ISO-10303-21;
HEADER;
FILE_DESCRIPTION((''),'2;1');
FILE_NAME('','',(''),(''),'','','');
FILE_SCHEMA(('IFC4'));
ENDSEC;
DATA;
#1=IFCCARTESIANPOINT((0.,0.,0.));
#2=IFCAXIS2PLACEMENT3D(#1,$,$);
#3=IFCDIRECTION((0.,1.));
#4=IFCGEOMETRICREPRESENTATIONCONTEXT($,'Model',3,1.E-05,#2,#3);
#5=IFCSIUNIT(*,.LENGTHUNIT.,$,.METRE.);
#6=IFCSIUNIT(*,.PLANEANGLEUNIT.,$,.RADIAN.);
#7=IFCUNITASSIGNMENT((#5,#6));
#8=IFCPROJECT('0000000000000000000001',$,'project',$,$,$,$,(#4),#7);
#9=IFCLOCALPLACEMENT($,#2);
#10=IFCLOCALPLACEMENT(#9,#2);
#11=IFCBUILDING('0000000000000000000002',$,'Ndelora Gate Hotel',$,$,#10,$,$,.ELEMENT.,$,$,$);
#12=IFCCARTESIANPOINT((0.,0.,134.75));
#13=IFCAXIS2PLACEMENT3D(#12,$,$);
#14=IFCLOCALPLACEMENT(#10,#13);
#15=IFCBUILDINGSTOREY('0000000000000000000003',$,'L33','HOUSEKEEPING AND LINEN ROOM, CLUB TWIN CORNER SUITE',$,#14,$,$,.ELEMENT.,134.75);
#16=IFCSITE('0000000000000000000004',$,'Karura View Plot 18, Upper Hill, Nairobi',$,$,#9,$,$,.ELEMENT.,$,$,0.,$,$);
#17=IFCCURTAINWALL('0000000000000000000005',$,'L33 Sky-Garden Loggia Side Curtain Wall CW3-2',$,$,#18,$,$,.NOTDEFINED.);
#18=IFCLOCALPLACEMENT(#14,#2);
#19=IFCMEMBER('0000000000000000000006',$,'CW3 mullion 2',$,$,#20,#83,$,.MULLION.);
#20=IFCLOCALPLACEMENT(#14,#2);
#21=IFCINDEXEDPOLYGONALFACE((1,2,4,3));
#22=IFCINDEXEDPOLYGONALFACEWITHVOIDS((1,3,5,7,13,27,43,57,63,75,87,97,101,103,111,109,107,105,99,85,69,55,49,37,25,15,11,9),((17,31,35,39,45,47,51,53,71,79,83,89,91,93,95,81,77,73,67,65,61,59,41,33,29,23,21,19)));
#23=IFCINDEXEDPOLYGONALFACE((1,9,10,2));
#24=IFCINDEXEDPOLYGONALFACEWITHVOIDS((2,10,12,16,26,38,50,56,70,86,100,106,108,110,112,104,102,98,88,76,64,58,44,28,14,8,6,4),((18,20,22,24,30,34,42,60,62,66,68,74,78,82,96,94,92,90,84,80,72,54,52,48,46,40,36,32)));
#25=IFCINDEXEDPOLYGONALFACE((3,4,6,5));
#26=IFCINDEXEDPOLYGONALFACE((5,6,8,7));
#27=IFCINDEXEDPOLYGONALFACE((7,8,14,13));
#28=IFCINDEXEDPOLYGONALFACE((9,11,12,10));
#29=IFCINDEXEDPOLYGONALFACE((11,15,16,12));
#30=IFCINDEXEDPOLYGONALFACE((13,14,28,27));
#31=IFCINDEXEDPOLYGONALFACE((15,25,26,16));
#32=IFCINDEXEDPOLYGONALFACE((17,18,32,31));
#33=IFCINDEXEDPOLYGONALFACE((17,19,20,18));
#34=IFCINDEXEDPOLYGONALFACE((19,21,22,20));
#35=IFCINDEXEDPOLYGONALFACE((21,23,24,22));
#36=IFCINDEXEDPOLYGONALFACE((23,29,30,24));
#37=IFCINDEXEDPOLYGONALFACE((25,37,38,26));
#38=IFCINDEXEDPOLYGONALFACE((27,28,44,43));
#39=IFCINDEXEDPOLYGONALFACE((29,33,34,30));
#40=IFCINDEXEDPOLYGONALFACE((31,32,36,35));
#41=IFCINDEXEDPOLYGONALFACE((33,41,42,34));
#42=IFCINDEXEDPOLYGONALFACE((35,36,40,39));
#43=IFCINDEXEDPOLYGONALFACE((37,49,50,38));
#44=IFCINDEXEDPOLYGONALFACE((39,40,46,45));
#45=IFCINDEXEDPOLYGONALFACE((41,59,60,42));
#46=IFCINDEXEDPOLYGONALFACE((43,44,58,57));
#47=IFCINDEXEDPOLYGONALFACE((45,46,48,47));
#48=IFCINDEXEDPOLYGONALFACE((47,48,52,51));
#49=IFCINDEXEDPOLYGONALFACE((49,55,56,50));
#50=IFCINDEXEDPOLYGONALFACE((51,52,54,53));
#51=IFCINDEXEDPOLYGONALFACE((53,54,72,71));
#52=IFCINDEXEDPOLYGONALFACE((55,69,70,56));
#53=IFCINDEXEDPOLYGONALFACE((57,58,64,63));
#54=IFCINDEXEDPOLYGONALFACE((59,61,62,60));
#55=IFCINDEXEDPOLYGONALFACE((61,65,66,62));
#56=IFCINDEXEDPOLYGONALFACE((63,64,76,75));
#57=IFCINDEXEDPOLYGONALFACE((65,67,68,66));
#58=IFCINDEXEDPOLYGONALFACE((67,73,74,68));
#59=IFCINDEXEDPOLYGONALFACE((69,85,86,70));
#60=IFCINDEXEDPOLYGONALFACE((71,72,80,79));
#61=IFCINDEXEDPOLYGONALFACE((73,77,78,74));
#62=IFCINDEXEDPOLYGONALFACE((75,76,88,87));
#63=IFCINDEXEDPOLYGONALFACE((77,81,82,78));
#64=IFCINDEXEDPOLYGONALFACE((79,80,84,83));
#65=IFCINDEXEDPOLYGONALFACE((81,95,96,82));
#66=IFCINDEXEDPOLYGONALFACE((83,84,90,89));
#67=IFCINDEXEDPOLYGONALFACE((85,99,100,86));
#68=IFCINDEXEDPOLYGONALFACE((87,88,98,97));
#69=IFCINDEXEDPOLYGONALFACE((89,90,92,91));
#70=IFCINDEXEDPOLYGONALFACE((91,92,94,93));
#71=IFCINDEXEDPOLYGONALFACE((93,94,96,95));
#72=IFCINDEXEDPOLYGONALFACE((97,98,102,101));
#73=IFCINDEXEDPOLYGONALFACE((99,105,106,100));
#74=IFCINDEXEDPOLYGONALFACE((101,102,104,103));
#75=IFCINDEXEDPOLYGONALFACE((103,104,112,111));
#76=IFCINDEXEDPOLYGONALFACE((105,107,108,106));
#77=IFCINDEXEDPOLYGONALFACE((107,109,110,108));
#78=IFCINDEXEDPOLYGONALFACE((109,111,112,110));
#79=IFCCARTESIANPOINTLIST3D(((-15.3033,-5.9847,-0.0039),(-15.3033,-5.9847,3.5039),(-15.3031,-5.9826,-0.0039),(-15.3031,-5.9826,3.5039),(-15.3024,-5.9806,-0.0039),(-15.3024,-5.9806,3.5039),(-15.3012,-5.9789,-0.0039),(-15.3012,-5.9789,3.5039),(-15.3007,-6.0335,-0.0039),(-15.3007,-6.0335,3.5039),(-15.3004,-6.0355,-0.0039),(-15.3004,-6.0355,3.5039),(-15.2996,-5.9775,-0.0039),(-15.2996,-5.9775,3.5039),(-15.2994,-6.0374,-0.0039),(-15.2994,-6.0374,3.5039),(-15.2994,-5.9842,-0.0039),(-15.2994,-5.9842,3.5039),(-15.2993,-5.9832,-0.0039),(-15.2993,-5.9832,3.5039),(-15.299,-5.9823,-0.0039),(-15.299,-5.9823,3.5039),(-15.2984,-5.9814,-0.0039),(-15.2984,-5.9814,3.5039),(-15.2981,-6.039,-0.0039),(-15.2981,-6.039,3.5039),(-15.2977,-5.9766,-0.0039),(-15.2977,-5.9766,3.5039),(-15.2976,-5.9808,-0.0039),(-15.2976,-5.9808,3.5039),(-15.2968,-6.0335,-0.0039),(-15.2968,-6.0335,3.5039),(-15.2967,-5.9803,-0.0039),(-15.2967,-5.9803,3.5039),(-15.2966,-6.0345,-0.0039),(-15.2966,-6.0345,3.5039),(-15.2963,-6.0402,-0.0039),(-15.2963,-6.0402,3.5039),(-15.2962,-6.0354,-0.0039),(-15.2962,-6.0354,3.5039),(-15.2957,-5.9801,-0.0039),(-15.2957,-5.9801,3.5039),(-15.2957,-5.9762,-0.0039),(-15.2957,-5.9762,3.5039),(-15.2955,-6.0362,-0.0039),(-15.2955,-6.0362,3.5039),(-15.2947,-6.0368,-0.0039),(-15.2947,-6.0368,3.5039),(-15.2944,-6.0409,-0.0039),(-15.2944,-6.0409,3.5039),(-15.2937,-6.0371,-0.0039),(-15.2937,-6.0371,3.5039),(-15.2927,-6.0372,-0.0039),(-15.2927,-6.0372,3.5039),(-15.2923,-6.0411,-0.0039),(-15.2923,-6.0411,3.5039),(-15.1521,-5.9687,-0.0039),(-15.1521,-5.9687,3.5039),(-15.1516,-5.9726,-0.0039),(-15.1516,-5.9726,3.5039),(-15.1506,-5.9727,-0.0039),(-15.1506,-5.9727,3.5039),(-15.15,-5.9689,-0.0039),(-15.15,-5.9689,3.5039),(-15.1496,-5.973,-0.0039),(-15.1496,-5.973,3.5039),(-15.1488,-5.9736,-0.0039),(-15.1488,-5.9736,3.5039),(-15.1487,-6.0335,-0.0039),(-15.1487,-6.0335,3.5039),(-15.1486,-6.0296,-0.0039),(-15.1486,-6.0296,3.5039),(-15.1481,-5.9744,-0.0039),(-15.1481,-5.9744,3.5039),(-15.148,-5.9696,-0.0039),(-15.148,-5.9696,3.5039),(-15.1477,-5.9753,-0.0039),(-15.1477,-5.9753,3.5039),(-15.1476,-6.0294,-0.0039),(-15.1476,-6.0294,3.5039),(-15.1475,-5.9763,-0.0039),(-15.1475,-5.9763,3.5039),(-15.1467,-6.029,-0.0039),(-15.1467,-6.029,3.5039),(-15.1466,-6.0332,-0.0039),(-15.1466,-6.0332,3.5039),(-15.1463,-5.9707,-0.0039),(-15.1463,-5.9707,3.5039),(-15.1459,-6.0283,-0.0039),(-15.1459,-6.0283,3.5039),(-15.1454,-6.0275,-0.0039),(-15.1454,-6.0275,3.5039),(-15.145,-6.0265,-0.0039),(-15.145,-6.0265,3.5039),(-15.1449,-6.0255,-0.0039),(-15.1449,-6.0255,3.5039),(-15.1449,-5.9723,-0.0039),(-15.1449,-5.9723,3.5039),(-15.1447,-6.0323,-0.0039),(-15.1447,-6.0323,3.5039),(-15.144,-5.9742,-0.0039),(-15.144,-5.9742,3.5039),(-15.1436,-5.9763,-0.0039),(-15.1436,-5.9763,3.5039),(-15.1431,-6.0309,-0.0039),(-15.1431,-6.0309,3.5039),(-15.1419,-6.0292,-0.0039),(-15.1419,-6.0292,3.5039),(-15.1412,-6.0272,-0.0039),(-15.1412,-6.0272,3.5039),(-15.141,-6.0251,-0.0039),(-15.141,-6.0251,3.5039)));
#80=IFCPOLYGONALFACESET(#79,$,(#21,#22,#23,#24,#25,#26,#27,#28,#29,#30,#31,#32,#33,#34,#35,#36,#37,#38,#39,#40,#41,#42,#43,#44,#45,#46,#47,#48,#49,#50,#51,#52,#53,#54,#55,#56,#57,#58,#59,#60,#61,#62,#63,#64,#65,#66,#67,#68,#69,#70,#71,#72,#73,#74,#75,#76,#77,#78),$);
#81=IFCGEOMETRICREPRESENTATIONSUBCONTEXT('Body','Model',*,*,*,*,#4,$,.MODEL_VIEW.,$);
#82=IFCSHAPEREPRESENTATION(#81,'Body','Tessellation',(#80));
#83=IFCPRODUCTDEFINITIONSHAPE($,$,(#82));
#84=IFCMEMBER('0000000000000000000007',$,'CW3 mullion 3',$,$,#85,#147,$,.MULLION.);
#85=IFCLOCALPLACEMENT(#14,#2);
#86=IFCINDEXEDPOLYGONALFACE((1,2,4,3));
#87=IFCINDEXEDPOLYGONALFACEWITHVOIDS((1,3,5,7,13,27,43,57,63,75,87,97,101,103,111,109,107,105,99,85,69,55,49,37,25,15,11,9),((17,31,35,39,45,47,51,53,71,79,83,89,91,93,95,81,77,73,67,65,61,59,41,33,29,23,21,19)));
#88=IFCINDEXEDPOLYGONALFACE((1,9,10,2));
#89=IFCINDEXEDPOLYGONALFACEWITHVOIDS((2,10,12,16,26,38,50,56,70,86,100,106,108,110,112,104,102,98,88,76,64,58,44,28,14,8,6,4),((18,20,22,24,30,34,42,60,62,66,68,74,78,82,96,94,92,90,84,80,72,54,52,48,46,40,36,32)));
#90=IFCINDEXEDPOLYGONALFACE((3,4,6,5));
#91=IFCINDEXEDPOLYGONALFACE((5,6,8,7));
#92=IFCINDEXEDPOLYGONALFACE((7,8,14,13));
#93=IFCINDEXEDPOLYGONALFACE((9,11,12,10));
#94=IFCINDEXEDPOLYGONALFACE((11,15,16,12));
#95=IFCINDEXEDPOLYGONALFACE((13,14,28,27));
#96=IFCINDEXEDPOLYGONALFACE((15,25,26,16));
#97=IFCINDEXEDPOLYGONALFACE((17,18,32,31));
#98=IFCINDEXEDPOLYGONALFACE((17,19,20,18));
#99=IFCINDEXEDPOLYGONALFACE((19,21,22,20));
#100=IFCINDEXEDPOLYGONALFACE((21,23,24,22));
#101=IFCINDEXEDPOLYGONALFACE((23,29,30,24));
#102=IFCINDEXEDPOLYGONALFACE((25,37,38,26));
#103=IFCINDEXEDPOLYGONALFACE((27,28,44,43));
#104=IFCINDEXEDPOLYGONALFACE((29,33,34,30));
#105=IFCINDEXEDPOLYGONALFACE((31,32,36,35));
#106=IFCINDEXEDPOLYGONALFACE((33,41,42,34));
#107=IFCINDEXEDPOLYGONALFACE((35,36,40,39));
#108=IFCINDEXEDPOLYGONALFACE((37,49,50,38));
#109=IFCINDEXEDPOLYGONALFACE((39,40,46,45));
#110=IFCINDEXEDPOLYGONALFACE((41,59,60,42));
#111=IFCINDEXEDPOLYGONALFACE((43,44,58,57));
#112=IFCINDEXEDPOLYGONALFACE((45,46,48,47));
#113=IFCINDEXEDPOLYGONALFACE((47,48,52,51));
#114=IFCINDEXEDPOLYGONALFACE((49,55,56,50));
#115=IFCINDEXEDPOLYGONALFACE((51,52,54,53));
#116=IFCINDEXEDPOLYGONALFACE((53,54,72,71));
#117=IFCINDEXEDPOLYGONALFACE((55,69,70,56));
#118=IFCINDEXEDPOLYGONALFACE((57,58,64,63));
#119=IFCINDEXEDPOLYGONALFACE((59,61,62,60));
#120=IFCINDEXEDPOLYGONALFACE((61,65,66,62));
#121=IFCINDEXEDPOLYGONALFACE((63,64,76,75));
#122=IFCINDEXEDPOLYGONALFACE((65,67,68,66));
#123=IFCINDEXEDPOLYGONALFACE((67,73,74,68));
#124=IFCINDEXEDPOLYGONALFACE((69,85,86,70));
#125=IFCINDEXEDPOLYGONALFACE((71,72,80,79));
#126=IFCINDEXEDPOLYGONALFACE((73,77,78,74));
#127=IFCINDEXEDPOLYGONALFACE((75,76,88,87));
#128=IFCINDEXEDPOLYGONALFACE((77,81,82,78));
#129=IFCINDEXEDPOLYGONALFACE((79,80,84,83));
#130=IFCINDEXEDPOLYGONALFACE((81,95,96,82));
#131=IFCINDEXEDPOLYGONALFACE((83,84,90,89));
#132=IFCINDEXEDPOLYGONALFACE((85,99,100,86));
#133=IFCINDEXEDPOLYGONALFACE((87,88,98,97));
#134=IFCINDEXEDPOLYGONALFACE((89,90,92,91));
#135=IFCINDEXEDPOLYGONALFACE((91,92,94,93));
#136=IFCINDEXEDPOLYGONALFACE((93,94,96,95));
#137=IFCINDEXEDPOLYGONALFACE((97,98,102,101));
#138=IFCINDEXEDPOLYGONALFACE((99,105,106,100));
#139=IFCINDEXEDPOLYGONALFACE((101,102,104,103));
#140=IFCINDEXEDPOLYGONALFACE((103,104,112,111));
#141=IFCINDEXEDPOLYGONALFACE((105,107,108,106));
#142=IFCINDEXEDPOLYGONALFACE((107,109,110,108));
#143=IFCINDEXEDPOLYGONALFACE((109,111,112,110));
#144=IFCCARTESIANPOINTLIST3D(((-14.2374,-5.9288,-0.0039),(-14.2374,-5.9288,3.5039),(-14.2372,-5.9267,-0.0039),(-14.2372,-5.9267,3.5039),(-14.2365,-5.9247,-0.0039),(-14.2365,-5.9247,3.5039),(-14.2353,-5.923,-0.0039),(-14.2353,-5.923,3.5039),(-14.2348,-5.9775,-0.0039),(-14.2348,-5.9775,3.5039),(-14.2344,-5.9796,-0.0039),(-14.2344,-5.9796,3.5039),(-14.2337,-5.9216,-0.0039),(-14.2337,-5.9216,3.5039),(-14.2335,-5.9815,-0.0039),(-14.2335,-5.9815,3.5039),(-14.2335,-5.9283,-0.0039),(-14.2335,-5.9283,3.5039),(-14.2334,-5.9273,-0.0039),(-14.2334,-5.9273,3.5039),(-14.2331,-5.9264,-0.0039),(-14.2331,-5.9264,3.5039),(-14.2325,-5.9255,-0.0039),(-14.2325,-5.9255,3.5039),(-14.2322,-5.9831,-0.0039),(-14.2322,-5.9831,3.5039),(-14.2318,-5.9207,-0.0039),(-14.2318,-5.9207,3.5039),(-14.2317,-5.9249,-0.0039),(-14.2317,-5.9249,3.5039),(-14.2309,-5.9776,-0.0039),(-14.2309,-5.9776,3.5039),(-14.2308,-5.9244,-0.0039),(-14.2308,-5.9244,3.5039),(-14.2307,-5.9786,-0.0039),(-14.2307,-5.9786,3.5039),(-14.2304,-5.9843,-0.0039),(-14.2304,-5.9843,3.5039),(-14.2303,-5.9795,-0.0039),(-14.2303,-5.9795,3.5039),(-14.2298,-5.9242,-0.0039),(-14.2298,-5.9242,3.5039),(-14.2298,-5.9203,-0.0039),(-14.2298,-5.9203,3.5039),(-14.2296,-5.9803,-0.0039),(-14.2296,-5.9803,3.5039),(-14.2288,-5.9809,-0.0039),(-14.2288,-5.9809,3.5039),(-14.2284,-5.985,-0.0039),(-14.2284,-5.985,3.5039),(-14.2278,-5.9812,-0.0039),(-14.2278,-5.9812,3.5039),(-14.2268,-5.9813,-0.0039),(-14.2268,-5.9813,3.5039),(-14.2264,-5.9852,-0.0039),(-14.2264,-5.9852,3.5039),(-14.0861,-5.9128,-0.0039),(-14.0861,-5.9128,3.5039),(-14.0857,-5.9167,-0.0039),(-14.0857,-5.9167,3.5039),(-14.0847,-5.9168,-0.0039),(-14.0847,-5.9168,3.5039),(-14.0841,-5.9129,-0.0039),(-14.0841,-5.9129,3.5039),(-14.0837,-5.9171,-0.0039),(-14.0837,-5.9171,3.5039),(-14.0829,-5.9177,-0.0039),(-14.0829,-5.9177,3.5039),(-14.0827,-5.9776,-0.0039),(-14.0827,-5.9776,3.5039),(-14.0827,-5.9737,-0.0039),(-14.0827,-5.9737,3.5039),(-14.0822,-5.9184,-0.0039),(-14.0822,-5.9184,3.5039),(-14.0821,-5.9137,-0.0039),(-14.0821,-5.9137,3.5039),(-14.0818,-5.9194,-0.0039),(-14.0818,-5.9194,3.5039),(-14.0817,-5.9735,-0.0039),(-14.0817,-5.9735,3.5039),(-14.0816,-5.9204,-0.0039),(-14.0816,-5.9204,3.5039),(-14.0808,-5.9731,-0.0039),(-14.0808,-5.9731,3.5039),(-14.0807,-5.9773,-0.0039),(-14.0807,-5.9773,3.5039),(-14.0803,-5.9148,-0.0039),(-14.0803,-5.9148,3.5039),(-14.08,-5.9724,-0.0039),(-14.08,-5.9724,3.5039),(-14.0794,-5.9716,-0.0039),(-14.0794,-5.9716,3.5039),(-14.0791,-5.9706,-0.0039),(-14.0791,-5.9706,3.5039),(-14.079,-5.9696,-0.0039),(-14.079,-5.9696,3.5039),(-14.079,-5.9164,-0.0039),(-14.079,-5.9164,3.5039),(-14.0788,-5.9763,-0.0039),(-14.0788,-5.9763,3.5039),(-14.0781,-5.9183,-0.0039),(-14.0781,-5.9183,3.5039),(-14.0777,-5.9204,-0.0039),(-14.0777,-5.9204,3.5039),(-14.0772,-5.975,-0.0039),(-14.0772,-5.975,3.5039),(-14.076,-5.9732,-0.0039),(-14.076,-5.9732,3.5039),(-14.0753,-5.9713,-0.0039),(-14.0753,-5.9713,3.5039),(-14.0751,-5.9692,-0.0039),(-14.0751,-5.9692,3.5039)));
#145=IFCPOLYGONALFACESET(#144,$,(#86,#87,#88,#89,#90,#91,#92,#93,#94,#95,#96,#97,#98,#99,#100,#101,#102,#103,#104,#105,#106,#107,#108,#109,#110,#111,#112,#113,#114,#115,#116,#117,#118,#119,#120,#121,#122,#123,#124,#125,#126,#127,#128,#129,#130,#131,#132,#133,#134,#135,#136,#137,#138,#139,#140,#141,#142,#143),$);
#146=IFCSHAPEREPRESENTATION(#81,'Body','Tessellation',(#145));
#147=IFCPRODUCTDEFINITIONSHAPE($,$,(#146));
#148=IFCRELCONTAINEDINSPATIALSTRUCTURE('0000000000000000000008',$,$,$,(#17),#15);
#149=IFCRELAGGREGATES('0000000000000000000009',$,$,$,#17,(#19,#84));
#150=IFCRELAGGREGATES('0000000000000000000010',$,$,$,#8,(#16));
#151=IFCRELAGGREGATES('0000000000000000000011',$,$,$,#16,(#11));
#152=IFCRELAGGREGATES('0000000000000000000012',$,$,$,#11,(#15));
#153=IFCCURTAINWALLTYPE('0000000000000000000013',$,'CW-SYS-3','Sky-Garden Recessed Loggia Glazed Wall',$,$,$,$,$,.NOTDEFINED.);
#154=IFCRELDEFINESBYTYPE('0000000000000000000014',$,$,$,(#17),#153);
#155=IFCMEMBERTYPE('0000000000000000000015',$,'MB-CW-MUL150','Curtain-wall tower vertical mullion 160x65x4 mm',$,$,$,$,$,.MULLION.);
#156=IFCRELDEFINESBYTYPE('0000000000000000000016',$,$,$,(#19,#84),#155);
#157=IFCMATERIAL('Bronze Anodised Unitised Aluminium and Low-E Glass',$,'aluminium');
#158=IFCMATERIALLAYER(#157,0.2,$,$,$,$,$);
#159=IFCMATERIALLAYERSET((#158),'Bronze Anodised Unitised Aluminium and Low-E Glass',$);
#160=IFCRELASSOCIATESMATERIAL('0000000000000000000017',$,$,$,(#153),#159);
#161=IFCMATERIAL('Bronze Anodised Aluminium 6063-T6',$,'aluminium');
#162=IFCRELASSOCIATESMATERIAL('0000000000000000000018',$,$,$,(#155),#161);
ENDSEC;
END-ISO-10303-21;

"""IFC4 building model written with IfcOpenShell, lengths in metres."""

from ifc_helpers import new_model, si_unit, direction, frame, origin, origin_2d, place, context, subcontext, project, spatial, hollow_rectangle, extrude, material, layer, layer_set, material_profile, profile_set, type_object, element, aggregate, save


model = new_model("IFC4")

# Units and contexts
model_context = context("Model", 3, precision=1e-05, world=origin(), true_north=direction((0.0, 1.0)))
body_context = subcontext(model_context, "Body", "Model", "MODEL_VIEW")
ifc_project = project(units=[si_unit("LENGTHUNIT", "METRE"), si_unit("PLANEANGLEUNIT", "RADIAN")], contexts=[model_context])

# Site, building, storey
site_placement = place(None, origin())
site = spatial("IfcSite", under=ifc_project, at=site_placement, Name="Karura View Plot 18, Upper Hill, Nairobi", CompositionType="ELEMENT", RefElevation=0.0)
building_placement = place(site_placement, origin())
building = spatial("IfcBuilding", under=site, at=building_placement, Name="Ndelora Gate Hotel", CompositionType="ELEMENT")
storey_placement = place(building_placement, frame((0.0, 0.0, 134.75)))
storey = spatial("IfcBuildingStorey", under=building, at=storey_placement, Name="L33", Description="HOUSEKEEPING AND LINEN ROOM, CLUB TWIN CORNER SUITE", CompositionType="ELEMENT", Elevation=134.75)

# Curtain wall, members
ifc_material_1 = material(Name="Bronze Anodised Unitised Aluminium and Low-E Glass", Category="aluminium")
ifc_layer_1 = layer(ifc_material_1, 0.2)
ifc_layer_set_1 = layer_set([ifc_layer_1], Name="Bronze Anodised Unitised Aluminium and Low-E Glass")
curtain_wall_type = type_object("IfcCurtainWallType", Name="CW-SYS-3", Description="Sky-Garden Recessed Loggia Glazed Wall", PredefinedType="NOTDEFINED", material=ifc_layer_set_1)
curtain_wall_placement = place(storey_placement, origin())
curtain_wall = element("IfcCurtainWall", 1, at=curtain_wall_placement, inside=storey, type_object=curtain_wall_type, Name="L33 Sky-Garden Loggia Side Curtain Wall CW3-2", PredefinedType="NOTDEFINED")
ifc_material_2 = material(Name="Bronze Anodised Aluminium 6063-T6", Category="aluminium")
ifc_material_profile_1 = material_profile(ifc_material_2, hollow_rectangle(XDim=0.0649, YDim=0.1599, WallThickness=0.0039, InnerFilletRadius=0.0039, OuterFilletRadius=0.0081, at=origin_2d()), Name="ALU 160x65x4")
ifc_profile_set_1 = profile_set([ifc_material_profile_1], Name="Bronze Anodised Aluminium 6063-T6")
member_type_1 = type_object("IfcMemberType", Name="MB-CW-MUL150", Description="Curtain-wall tower vertical mullion 160x65x4 mm", PredefinedType="MULLION", material=ifc_profile_set_1)
member_1_placement = place(storey_placement, frame((-15.2222, -6.0049, -0.0039), z_axis=(0.0, 0.0, 1.0), x_axis=(-0.052363, 0.998628, 0.0)))
member_1 = element("IfcMember", 2, at=member_1_placement, type_object=member_type_1, Name="CW3 mullion 2", PredefinedType="MULLION", context=body_context, shape_type="SweptSolid", body=[
    extrude(hollow_rectangle(XDim=0.0649, YDim=0.1599, WallThickness=0.0039, InnerFilletRadius=0.0039, OuterFilletRadius=0.0081, at=origin_2d()), origin(), (0.0, 0.0, 1.0), 3.5078),
])
member_2_placement = place(storey_placement, frame((-14.1562, -5.949, -0.0039), z_axis=(0.0, 0.0, 1.0), x_axis=(-0.052363, 0.998628, 0.0)))
member_2 = element("IfcMember", 3, at=member_2_placement, type_object=member_type_1, Name="CW3 mullion 3", PredefinedType="MULLION", context=body_context, shape_type="SweptSolid", body=[
    extrude(hollow_rectangle(XDim=0.0649, YDim=0.1599, WallThickness=0.0039, InnerFilletRadius=0.0039, OuterFilletRadius=0.0081, at=origin_2d()), origin(), (0.0, 0.0, 1.0), 3.5078),
])
aggregate(curtain_wall, [member_1, member_2])

save(model, "model.ifc")
